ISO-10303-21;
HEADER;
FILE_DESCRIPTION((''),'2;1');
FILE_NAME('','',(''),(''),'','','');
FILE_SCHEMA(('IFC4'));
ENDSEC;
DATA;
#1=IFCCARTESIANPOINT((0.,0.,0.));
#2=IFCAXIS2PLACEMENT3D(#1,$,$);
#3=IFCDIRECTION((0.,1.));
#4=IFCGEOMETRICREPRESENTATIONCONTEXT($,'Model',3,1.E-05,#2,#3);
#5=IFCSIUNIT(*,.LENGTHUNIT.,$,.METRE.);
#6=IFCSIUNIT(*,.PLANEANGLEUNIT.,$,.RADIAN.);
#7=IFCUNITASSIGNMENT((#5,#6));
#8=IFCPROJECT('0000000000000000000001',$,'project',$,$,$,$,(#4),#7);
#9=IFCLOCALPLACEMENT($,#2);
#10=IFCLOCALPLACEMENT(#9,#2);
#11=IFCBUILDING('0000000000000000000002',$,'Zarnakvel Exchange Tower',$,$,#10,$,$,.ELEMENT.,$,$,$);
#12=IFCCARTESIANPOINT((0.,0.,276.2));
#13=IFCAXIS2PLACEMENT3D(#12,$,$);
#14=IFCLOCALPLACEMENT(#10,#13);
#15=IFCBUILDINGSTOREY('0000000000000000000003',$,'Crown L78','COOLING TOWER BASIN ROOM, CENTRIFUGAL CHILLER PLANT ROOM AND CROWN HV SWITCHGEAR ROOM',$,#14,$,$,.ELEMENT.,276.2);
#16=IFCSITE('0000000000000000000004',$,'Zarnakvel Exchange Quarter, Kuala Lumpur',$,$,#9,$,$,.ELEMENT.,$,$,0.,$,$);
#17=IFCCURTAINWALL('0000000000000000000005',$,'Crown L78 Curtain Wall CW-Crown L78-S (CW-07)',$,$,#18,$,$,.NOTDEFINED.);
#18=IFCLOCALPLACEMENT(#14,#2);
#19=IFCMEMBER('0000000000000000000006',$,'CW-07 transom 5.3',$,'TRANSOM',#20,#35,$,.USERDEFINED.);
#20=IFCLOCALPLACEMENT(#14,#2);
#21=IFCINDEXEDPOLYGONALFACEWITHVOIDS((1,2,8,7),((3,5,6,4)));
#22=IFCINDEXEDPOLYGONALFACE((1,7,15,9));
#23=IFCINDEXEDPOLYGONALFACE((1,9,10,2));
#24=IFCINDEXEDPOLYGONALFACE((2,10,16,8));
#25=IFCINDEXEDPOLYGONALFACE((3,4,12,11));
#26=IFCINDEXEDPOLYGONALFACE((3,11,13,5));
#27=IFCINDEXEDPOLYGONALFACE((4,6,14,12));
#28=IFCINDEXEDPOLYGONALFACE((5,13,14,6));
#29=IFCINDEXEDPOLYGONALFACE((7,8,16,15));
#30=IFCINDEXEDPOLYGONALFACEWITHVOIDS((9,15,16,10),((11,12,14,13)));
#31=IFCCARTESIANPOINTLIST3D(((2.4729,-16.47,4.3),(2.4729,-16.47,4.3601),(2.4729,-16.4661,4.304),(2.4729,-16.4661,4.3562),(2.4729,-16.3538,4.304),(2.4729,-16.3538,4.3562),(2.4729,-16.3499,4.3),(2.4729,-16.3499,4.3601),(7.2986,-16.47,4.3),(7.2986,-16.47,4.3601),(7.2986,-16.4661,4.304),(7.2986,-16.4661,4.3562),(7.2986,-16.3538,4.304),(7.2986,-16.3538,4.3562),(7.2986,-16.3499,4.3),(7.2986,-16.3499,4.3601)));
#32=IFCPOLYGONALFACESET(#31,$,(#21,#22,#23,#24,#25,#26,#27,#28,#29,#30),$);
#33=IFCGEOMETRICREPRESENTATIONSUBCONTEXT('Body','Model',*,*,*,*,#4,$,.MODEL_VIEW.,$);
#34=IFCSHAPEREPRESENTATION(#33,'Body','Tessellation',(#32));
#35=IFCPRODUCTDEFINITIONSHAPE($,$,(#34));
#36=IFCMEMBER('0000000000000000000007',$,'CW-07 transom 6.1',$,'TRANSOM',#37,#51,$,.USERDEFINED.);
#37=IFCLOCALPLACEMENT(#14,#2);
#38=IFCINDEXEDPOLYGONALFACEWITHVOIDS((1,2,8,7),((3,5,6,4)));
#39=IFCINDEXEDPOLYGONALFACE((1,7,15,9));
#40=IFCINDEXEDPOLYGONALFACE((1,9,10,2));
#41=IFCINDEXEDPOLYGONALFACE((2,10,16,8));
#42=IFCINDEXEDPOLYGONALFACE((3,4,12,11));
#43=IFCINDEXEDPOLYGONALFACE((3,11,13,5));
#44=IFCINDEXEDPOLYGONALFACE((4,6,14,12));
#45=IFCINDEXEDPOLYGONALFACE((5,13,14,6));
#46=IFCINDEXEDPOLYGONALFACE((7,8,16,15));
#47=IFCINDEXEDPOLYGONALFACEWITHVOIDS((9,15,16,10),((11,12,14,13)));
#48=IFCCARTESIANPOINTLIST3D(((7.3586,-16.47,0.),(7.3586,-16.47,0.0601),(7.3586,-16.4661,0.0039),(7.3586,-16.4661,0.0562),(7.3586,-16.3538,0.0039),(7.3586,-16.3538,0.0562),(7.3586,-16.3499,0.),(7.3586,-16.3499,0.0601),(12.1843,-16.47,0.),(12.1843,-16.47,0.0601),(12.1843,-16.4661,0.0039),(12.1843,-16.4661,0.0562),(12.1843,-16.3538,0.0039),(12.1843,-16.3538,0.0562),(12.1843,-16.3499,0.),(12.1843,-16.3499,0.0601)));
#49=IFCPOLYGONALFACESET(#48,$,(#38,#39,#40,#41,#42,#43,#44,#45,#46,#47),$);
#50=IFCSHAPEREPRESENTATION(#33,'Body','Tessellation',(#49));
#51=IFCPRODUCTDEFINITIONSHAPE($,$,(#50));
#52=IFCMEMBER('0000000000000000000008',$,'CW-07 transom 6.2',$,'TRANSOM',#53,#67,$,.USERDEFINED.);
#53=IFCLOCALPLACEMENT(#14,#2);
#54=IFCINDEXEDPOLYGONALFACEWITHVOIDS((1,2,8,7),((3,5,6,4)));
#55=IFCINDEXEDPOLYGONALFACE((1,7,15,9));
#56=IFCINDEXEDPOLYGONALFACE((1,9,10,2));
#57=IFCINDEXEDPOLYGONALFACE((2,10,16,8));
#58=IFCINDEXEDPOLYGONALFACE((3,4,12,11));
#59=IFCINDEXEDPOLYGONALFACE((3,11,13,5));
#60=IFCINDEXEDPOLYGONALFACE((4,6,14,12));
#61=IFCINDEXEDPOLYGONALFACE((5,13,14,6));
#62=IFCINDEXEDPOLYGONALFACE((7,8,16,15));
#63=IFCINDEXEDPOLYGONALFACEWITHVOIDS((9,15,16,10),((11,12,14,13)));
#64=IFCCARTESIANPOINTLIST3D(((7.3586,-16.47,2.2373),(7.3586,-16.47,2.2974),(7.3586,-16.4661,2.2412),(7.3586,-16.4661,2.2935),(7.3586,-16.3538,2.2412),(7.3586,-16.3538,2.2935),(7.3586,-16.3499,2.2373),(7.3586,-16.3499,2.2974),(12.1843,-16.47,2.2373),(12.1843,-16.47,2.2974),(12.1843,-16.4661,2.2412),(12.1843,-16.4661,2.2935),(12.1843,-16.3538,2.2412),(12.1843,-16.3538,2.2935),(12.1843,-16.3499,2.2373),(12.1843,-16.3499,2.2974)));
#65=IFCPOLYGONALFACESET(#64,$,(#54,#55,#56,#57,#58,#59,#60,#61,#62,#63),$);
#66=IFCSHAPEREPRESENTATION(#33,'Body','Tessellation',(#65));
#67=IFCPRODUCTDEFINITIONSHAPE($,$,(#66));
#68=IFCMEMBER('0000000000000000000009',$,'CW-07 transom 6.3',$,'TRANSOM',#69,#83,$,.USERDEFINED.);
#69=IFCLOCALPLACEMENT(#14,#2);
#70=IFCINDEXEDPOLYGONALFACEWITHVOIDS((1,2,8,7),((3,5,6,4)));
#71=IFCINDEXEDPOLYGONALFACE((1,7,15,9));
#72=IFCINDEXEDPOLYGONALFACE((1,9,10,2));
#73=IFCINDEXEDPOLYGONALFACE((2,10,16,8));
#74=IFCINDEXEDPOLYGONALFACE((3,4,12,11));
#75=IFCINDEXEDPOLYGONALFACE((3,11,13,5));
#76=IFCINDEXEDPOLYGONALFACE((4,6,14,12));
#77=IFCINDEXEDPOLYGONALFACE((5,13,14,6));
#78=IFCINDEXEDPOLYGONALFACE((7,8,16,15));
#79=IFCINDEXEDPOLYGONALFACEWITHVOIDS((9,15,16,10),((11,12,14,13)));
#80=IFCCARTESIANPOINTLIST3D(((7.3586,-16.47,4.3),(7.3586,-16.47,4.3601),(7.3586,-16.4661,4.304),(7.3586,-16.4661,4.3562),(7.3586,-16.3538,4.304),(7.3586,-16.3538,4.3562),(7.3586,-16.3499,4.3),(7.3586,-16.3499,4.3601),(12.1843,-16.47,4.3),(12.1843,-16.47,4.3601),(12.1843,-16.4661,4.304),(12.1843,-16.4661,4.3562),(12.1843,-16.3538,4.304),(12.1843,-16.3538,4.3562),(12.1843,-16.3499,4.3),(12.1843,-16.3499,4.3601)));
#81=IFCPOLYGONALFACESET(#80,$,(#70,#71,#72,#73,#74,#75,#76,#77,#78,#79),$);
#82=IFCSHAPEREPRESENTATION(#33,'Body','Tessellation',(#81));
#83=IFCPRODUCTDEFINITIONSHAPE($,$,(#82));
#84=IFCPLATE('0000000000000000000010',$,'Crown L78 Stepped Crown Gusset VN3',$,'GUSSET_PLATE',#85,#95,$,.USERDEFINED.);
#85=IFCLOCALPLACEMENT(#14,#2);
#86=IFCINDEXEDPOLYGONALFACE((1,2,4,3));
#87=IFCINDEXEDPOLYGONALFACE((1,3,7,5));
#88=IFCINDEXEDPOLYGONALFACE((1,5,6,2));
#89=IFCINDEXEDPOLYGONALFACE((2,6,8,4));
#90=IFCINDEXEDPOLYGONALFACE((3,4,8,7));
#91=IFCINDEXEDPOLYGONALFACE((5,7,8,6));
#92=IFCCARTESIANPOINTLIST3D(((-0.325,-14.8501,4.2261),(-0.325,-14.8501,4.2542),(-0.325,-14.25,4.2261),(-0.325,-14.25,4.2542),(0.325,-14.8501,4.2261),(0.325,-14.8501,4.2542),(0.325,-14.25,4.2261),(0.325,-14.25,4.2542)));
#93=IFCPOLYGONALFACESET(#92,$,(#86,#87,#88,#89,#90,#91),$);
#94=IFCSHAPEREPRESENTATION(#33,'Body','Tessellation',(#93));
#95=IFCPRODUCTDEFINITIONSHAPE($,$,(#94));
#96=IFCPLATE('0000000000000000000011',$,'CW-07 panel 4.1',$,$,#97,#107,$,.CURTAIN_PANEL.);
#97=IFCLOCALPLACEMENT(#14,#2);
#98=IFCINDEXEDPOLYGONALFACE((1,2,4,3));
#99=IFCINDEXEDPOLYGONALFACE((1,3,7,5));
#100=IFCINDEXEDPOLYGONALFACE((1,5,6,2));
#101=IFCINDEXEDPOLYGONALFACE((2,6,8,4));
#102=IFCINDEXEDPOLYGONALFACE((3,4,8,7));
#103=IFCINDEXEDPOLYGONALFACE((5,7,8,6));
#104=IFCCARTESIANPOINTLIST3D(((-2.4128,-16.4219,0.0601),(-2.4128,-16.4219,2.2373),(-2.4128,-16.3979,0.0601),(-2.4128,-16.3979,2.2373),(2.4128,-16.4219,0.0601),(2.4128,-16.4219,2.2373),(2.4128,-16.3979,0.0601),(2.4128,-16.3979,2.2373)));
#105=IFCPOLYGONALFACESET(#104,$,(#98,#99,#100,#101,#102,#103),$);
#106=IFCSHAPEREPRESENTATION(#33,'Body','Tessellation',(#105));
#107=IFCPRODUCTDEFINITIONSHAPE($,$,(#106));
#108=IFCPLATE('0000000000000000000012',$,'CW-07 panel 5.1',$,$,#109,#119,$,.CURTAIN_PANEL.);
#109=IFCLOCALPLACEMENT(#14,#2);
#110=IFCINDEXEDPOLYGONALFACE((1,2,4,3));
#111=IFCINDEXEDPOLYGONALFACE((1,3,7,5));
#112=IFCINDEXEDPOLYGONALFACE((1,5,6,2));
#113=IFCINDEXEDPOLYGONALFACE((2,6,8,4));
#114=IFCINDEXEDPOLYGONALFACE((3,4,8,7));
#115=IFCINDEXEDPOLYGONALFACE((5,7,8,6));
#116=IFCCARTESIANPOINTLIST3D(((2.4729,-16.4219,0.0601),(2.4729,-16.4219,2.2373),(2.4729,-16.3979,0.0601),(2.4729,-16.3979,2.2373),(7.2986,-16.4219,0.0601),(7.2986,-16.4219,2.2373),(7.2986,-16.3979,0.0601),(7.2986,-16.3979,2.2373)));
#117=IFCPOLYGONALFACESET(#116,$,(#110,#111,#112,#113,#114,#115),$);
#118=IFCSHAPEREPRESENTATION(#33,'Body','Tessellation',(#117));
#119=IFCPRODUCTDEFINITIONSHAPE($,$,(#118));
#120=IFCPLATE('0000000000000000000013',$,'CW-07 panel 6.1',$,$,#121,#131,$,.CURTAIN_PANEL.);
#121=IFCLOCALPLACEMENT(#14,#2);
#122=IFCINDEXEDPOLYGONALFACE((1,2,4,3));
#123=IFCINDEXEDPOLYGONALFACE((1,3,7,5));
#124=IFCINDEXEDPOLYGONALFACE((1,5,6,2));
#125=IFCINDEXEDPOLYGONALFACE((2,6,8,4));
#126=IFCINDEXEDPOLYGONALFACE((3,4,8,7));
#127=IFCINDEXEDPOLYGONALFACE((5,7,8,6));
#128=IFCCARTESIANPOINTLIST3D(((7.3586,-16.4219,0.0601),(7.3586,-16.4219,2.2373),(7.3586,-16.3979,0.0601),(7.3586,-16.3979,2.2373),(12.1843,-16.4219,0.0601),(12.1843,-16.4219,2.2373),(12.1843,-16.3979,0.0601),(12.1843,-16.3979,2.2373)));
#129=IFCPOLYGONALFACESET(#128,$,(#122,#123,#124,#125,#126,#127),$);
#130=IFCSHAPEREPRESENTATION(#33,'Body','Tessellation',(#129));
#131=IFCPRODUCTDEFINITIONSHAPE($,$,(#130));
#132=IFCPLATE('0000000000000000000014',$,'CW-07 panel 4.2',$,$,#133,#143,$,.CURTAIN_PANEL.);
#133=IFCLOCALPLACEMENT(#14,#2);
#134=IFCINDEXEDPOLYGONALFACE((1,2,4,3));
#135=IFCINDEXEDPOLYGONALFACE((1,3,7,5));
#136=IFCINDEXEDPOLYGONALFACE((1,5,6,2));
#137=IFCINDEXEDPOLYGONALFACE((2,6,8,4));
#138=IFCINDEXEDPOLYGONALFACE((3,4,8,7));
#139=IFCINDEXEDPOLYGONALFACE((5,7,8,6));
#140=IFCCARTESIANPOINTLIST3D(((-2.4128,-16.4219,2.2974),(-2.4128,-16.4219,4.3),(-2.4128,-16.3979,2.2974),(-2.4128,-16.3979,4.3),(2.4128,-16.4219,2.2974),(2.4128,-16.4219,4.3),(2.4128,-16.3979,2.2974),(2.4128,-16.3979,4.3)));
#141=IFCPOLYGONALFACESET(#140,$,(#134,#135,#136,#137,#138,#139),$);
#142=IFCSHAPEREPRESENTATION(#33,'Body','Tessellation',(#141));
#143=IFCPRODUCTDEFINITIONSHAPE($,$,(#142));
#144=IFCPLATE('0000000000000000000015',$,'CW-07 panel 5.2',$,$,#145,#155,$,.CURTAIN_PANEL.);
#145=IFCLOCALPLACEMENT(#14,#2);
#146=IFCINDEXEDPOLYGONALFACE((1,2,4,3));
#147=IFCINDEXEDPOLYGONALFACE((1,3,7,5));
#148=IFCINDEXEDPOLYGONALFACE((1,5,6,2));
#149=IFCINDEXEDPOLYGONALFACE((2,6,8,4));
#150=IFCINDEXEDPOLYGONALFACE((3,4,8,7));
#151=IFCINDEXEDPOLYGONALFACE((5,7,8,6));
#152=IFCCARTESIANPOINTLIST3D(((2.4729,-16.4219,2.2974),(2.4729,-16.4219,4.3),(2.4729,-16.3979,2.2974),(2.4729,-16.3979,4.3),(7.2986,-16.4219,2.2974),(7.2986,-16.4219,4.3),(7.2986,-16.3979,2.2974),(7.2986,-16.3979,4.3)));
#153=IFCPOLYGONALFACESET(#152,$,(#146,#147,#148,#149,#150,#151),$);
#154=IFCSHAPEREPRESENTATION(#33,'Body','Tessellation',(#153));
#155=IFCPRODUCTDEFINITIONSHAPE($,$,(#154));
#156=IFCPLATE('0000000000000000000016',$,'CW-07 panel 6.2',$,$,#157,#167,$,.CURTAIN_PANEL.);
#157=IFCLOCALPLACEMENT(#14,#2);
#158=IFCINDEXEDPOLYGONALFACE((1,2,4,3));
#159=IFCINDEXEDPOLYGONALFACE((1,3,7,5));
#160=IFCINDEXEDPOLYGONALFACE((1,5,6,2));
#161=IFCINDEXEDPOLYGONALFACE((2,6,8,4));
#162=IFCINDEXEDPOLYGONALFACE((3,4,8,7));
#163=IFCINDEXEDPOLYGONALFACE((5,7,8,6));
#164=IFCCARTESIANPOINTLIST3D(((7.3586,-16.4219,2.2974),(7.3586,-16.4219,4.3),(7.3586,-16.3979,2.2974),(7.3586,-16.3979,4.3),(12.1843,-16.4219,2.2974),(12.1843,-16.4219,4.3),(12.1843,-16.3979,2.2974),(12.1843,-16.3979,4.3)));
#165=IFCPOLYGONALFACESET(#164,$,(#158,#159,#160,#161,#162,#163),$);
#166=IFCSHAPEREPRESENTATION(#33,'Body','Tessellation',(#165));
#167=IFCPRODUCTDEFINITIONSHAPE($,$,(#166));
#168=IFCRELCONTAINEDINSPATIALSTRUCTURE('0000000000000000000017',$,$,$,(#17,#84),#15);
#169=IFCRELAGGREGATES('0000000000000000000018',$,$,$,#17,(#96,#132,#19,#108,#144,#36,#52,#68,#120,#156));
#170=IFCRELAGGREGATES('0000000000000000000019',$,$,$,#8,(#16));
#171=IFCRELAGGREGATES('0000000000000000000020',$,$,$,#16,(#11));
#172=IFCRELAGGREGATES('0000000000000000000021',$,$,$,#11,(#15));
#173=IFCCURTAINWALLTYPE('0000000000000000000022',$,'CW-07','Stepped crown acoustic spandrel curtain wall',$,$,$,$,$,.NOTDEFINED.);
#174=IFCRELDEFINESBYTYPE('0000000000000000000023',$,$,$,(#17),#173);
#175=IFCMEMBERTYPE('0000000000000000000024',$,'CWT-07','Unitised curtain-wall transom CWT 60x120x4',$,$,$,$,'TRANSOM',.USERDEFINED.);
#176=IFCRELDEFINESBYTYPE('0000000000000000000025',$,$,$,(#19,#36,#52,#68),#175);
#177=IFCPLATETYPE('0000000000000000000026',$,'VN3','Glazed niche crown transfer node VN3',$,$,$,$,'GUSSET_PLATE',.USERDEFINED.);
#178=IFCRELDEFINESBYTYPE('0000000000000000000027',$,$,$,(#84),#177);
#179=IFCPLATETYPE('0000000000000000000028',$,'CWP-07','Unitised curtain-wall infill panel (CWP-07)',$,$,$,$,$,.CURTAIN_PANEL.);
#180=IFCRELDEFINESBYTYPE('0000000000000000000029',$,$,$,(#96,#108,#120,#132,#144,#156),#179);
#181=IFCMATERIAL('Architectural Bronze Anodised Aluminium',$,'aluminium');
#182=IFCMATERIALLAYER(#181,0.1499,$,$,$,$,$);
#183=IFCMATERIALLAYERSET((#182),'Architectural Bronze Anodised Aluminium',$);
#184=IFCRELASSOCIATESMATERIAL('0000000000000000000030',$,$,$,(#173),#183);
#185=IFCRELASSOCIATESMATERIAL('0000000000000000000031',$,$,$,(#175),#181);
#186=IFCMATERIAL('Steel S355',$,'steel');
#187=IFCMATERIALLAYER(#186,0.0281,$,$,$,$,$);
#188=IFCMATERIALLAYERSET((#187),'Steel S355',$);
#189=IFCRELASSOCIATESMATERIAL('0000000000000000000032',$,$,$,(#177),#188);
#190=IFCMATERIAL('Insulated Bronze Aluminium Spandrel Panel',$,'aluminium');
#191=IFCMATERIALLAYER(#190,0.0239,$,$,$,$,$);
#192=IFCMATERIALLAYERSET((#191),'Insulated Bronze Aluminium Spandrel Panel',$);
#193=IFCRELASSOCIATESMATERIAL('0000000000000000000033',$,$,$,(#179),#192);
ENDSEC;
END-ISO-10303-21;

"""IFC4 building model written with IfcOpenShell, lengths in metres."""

from ifc_helpers import new_model, si_unit, direction, frame, origin, origin_2d, place, context, subcontext, project, spatial, rectangle, hollow_rectangle, extrude, source, transform, mapped, material, layer, layer_set, material_profile, profile_set, type_object, element, aggregate, save


model = new_model("IFC4")

# Units and contexts
model_context = context("Model", 3, precision=1e-05, world=origin(), true_north=direction((0.0, 1.0)))
body_context = subcontext(model_context, "Body", "Model", "MODEL_VIEW")
ifc_project = project(units=[si_unit("LENGTHUNIT", "METRE"), si_unit("PLANEANGLEUNIT", "RADIAN")], contexts=[model_context])

# Site, building, storey
site_placement = place(None, origin())
site = spatial("IfcSite", under=ifc_project, at=site_placement, Name="Zarnakvel Exchange Quarter, Kuala Lumpur", CompositionType="ELEMENT", RefElevation=0.0)
building_placement = place(site_placement, origin())
building = spatial("IfcBuilding", under=site, at=building_placement, Name="Zarnakvel Exchange Tower", CompositionType="ELEMENT")
storey_placement = place(building_placement, frame((0.0, 0.0, 276.2)))
storey = spatial("IfcBuildingStorey", under=building, at=storey_placement, Name="Crown L78", Description="COOLING TOWER BASIN ROOM, CENTRIFUGAL CHILLER PLANT ROOM AND CROWN HV SWITCHGEAR ROOM", CompositionType="ELEMENT", Elevation=276.2)

# Shared definitions
ifc_material_1 = material(Name="Steel S355", Category="steel")

# Curtain wall, members
ifc_material_2 = material(Name="Architectural Bronze Anodised Aluminium", Category="aluminium")
ifc_layer_1 = layer(ifc_material_2, 0.1499)
ifc_layer_set_1 = layer_set([ifc_layer_1], Name="Architectural Bronze Anodised Aluminium")
curtain_wall_type = type_object("IfcCurtainWallType", Name="CW-07", Description="Stepped crown acoustic spandrel curtain wall", PredefinedType="NOTDEFINED", material=ifc_layer_set_1)
curtain_wall_placement = place(storey_placement, origin())
curtain_wall = element("IfcCurtainWall", 1, at=curtain_wall_placement, inside=storey, type_object=curtain_wall_type, Name="Crown L78 Curtain Wall CW-Crown L78-S (CW-07)", PredefinedType="NOTDEFINED")
ifc_material_profile_1 = material_profile(ifc_material_2, hollow_rectangle(XDim=0.1201, YDim=0.0601, WallThickness=0.0039, at=origin_2d()))
ifc_profile_set_1 = profile_set([ifc_material_profile_1], Name="Architectural Bronze Anodised Aluminium")
member_type_1 = type_object("IfcMemberType", Name="CWT-07", Description="Unitised curtain-wall transom CWT 60x120x4", ElementType="TRANSOM", PredefinedType="USERDEFINED", material=ifc_profile_set_1)
shared_shape_1 = source(origin(), body_context, "Body", "SweptSolid", [
    extrude(hollow_rectangle(XDim=0.1201, YDim=0.0601, WallThickness=0.0039, at=origin_2d()), origin(), (0.0, 0.0, 1.0), 4.8257),
])
member_1_placement = place(storey_placement, frame((2.4729, -16.4099, 4.3301), z_axis=(1.0, 0.0, 0.0), x_axis=(0.0, 1.0, 0.0)))
member_1 = element("IfcMember", 2, at=member_1_placement, type_object=member_type_1, Name="CW-07 transom 5.3", ObjectType="TRANSOM", PredefinedType="USERDEFINED", context=body_context, shape_type="MappedRepresentation", body=[
    mapped(shared_shape_1, transform((0.0, 0.0, 0.0), x_axis=(1.0, 0.0, 0.0), y_axis=(0.0, 1.0, 0.0), z_axis=(0.0, 0.0, 1.0), scale=1.0)),
])
member_2_placement = place(storey_placement, frame((7.3586, -16.4099, 0.03), z_axis=(1.0, 0.0, 0.0), x_axis=(0.0, 1.0, 0.0)))
member_2 = element("IfcMember", 3, at=member_2_placement, type_object=member_type_1, Name="CW-07 transom 6.1", ObjectType="TRANSOM", PredefinedType="USERDEFINED", context=body_context, shape_type="MappedRepresentation", body=[
    mapped(shared_shape_1, transform((0.0, 0.0, 0.0), x_axis=(1.0, 0.0, 0.0), y_axis=(0.0, 1.0, 0.0), z_axis=(0.0, 0.0, 1.0), scale=1.0)),
])
member_3_placement = place(storey_placement, frame((7.3586, -16.4099, 2.2673), z_axis=(1.0, 0.0, 0.0), x_axis=(0.0, 1.0, 0.0)))
member_3 = element("IfcMember", 4, at=member_3_placement, type_object=member_type_1, Name="CW-07 transom 6.2", ObjectType="TRANSOM", PredefinedType="USERDEFINED", context=body_context, shape_type="MappedRepresentation", body=[
    mapped(shared_shape_1, transform((0.0, 0.0, 0.0), x_axis=(1.0, 0.0, 0.0), y_axis=(0.0, 1.0, 0.0), z_axis=(0.0, 0.0, 1.0), scale=1.0)),
])
member_4_placement = place(storey_placement, frame((7.3586, -16.4099, 4.3301), z_axis=(1.0, 0.0, 0.0), x_axis=(0.0, 1.0, 0.0)))
member_4 = element("IfcMember", 5, at=member_4_placement, type_object=member_type_1, Name="CW-07 transom 6.3", ObjectType="TRANSOM", PredefinedType="USERDEFINED", context=body_context, shape_type="MappedRepresentation", body=[
    mapped(shared_shape_1, transform((0.0, 0.0, 0.0), x_axis=(1.0, 0.0, 0.0), y_axis=(0.0, 1.0, 0.0), z_axis=(0.0, 0.0, 1.0), scale=1.0)),
])

# Plates
ifc_layer_2 = layer(ifc_material_1, 0.0281)
ifc_layer_set_2 = layer_set([ifc_layer_2], Name="Steel S355")
plate_type_1 = type_object("IfcPlateType", Name="VN3", Description="Glazed niche crown transfer node VN3", ElementType="GUSSET_PLATE", PredefinedType="USERDEFINED", material=ifc_layer_set_2)
shared_shape_2 = source(origin(), body_context, "Body", "SweptSolid", [
    extrude(rectangle(XDim=0.6499, YDim=0.6001, at=origin_2d()), origin(), (0.0, 0.0, 1.0), 0.0281),
])
plate_1_placement = place(storey_placement, frame((0.0, -14.55, 4.2261), z_axis=(0.0, 0.0, 1.0), x_axis=(1.0, 0.0, 0.0)))
element("IfcPlate", 6, at=plate_1_placement, inside=storey, type_object=plate_type_1, Name="Crown L78 Stepped Crown Gusset VN3", ObjectType="GUSSET_PLATE", PredefinedType="USERDEFINED", context=body_context, shape_type="MappedRepresentation", body=[
    mapped(shared_shape_2, transform((0.0, 0.0, 0.0), x_axis=(1.0, 0.0, 0.0), y_axis=(0.0, 1.0, 0.0), z_axis=(0.0, 0.0, 1.0), scale=1.0)),
])
ifc_material_3 = material(Name="Insulated Bronze Aluminium Spandrel Panel", Category="aluminium")
ifc_layer_3 = layer(ifc_material_3, 0.0239)
ifc_layer_set_3 = layer_set([ifc_layer_3], Name="Insulated Bronze Aluminium Spandrel Panel")
plate_type_2 = type_object("IfcPlateType", Name="CWP-07", Description="Unitised curtain-wall infill panel (CWP-07)", PredefinedType="CURTAIN_PANEL", material=ifc_layer_set_3)
shared_shape_3 = source(origin(), body_context, "Body", "SweptSolid", [
    extrude(rectangle(XDim=4.8257, YDim=0.0239, at=origin_2d()), origin(), (0.0, 0.0, 1.0), 2.1772),
])
plate_2_placement = place(storey_placement, frame((0.0, -16.4099, 0.0601), z_axis=(0.0, 0.0, 1.0), x_axis=(1.0, 0.0, 0.0)))
plate_2 = element("IfcPlate", 7, at=plate_2_placement, type_object=plate_type_2, Name="CW-07 panel 4.1", PredefinedType="CURTAIN_PANEL", context=body_context, shape_type="MappedRepresentation", body=[
    mapped(shared_shape_3, transform((0.0, 0.0, 0.0), x_axis=(1.0, 0.0, 0.0), y_axis=(0.0, 1.0, 0.0), z_axis=(0.0, 0.0, 1.0), scale=1.0)),
])
plate_3_placement = place(storey_placement, frame((4.8857, -16.4099, 0.0601), z_axis=(0.0, 0.0, 1.0), x_axis=(1.0, 0.0, 0.0)))
plate_3 = element("IfcPlate", 8, at=plate_3_placement, type_object=plate_type_2, Name="CW-07 panel 5.1", PredefinedType="CURTAIN_PANEL", context=body_context, shape_type="MappedRepresentation", body=[
    mapped(shared_shape_3, transform((0.0, 0.0, 0.0), x_axis=(1.0, 0.0, 0.0), y_axis=(0.0, 1.0, 0.0), z_axis=(0.0, 0.0, 1.0), scale=1.0)),
])
plate_4_placement = place(storey_placement, frame((9.7715, -16.4099, 0.0601), z_axis=(0.0, 0.0, 1.0), x_axis=(1.0, 0.0, 0.0)))
plate_4 = element("IfcPlate", 9, at=plate_4_placement, type_object=plate_type_2, Name="CW-07 panel 6.1", PredefinedType="CURTAIN_PANEL", context=body_context, shape_type="MappedRepresentation", body=[
    mapped(shared_shape_3, transform((0.0, 0.0, 0.0), x_axis=(1.0, 0.0, 0.0), y_axis=(0.0, 1.0, 0.0), z_axis=(0.0, 0.0, 1.0), scale=1.0)),
])
shared_shape_4 = source(origin(), body_context, "Body", "SweptSolid", [
    extrude(rectangle(XDim=4.8257, YDim=0.0239, at=origin_2d()), origin(), (0.0, 0.0, 1.0), 2.0027),
])
plate_5_placement = place(storey_placement, frame((0.0, -16.4099, 2.2974), z_axis=(0.0, 0.0, 1.0), x_axis=(1.0, 0.0, 0.0)))
plate_5 = element("IfcPlate", 10, at=plate_5_placement, type_object=plate_type_2, Name="CW-07 panel 4.2", PredefinedType="CURTAIN_PANEL", context=body_context, shape_type="MappedRepresentation", body=[
    mapped(shared_shape_4, transform((0.0, 0.0, 0.0), x_axis=(1.0, 0.0, 0.0), y_axis=(0.0, 1.0, 0.0), z_axis=(0.0, 0.0, 1.0), scale=1.0)),
])
plate_6_placement = place(storey_placement, frame((4.8857, -16.4099, 2.2974), z_axis=(0.0, 0.0, 1.0), x_axis=(1.0, 0.0, 0.0)))
plate_6 = element("IfcPlate", 11, at=plate_6_placement, type_object=plate_type_2, Name="CW-07 panel 5.2", PredefinedType="CURTAIN_PANEL", context=body_context, shape_type="MappedRepresentation", body=[
    mapped(shared_shape_4, transform((0.0, 0.0, 0.0), x_axis=(1.0, 0.0, 0.0), y_axis=(0.0, 1.0, 0.0), z_axis=(0.0, 0.0, 1.0), scale=1.0)),
])
plate_7_placement = place(storey_placement, frame((9.7715, -16.4099, 2.2974), z_axis=(0.0, 0.0, 1.0), x_axis=(1.0, 0.0, 0.0)))
plate_7 = element("IfcPlate", 12, at=plate_7_placement, type_object=plate_type_2, Name="CW-07 panel 6.2", PredefinedType="CURTAIN_PANEL", context=body_context, shape_type="MappedRepresentation", body=[
    mapped(shared_shape_4, transform((0.0, 0.0, 0.0), x_axis=(1.0, 0.0, 0.0), y_axis=(0.0, 1.0, 0.0), z_axis=(0.0, 0.0, 1.0), scale=1.0)),
])
aggregate(curtain_wall, [plate_2, plate_5, member_1, plate_3, plate_6, member_2, member_3, member_4, plate_4, plate_7])

save(model, "model.ifc")
